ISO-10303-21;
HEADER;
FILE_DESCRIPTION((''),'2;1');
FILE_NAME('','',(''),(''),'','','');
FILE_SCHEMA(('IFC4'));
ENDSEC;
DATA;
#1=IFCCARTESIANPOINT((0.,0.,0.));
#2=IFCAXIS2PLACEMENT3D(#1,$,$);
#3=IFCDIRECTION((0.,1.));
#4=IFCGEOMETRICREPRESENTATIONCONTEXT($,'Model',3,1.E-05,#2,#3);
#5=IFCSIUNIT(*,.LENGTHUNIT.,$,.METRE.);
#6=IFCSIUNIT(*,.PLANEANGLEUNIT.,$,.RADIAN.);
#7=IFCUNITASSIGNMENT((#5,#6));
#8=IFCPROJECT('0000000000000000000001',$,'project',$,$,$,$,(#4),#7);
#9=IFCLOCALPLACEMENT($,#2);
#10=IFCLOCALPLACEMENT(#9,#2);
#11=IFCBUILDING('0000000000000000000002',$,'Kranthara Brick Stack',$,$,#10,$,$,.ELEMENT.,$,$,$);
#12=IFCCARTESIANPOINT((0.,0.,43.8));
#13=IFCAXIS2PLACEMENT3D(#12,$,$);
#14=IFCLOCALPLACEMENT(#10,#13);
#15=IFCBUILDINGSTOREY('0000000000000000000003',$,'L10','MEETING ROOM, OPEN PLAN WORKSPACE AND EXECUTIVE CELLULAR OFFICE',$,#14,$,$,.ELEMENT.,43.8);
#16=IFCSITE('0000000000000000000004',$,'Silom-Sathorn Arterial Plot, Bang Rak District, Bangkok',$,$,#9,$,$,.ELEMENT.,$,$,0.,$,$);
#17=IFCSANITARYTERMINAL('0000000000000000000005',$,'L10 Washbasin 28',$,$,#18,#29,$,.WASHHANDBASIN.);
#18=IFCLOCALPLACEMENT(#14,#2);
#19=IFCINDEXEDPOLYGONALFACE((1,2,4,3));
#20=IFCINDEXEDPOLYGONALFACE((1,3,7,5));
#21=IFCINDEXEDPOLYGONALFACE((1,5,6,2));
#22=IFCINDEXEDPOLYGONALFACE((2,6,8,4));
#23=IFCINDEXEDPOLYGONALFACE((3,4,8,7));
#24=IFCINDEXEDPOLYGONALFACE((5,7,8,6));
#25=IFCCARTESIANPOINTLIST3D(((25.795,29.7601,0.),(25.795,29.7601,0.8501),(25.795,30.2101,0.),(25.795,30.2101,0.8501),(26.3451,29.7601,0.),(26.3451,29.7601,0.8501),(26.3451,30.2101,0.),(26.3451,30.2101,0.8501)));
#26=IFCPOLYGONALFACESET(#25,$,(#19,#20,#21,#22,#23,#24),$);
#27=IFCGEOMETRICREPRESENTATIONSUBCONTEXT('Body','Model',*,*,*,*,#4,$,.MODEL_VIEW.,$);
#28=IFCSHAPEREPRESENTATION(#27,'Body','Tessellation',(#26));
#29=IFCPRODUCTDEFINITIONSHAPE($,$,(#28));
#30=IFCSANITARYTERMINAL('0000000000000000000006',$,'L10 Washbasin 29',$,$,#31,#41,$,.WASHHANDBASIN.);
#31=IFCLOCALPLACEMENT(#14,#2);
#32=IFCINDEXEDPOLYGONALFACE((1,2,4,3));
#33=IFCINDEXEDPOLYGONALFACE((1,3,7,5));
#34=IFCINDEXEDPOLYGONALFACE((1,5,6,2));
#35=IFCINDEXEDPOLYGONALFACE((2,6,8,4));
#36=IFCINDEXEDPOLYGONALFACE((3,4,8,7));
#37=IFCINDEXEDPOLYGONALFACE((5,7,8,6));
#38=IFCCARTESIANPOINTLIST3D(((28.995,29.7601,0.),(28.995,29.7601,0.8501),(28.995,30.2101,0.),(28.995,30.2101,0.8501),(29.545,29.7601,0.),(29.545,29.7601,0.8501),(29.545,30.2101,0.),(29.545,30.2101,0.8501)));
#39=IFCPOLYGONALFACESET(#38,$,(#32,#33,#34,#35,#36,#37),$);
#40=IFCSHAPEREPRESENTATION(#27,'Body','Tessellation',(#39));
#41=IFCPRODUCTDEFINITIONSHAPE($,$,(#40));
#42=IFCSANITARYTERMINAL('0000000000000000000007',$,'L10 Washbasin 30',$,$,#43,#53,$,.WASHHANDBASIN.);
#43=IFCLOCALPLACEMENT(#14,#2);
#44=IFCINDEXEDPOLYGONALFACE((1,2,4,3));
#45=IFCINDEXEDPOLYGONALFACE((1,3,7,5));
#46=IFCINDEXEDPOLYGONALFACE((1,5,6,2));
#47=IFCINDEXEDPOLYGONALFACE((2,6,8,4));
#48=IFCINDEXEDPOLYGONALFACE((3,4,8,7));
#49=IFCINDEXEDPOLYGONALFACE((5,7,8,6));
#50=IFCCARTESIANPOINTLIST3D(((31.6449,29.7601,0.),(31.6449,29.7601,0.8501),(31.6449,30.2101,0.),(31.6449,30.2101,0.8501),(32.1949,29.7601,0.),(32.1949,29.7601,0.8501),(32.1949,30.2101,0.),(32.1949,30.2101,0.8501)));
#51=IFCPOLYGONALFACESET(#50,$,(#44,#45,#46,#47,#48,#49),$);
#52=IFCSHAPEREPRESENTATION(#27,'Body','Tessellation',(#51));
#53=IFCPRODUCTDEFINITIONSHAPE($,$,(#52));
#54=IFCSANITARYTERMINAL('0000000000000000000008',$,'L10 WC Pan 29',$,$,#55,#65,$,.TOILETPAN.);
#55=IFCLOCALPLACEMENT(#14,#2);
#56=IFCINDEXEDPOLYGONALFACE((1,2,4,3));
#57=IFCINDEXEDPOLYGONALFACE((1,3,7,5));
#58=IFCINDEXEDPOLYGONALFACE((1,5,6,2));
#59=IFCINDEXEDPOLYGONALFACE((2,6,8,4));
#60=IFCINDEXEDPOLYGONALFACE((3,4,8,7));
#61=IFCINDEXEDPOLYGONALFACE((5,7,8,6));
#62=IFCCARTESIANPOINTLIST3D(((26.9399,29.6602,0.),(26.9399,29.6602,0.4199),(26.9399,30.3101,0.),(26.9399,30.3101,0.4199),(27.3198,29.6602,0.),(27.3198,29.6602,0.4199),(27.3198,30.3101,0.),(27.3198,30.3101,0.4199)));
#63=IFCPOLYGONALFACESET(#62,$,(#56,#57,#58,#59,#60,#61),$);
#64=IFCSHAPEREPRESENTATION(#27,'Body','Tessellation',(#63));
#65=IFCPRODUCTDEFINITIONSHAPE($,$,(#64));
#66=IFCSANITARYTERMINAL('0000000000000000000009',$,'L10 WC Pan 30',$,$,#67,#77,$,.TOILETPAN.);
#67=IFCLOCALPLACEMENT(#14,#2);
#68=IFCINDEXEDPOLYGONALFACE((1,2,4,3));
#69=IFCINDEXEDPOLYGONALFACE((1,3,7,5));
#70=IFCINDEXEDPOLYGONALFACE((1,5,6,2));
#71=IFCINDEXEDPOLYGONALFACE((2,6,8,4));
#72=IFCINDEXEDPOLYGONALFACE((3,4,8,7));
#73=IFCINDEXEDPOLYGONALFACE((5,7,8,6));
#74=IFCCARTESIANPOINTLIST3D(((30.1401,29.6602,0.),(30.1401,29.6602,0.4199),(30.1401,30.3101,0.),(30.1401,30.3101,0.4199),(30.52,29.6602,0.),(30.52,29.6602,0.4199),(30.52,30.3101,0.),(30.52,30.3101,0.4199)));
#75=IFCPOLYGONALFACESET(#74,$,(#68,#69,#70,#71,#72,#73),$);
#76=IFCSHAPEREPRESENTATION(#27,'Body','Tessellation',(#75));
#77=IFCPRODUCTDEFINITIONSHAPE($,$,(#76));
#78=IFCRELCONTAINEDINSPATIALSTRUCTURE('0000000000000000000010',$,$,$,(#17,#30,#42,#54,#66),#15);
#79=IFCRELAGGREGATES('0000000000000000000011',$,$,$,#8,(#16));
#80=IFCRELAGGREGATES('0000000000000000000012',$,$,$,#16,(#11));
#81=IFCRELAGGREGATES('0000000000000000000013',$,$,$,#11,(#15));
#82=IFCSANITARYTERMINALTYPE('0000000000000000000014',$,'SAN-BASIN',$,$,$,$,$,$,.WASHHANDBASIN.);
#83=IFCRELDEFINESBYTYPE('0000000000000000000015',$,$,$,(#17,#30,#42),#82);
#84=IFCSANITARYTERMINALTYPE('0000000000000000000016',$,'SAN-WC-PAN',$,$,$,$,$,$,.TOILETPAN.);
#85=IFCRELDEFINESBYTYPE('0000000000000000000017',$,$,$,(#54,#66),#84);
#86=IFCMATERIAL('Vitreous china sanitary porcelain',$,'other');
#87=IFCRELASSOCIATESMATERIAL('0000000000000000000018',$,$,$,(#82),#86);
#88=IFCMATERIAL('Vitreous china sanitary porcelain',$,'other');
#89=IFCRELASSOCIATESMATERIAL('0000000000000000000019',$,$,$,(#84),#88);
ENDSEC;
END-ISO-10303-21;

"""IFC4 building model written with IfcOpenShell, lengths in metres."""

from ifc_helpers import new_model, si_unit, direction, frame, origin, origin_2d, place, context, subcontext, project, spatial, rectangle, extrude, material, type_object, element, save


model = new_model("IFC4")

# Units and contexts
model_context = context("Model", 3, precision=1e-05, world=origin(), true_north=direction((0.0, 1.0)))
body_context = subcontext(model_context, "Body", "Model", "MODEL_VIEW")
ifc_project = project(units=[si_unit("LENGTHUNIT", "METRE"), si_unit("PLANEANGLEUNIT", "RADIAN")], contexts=[model_context])

# Site, building, storey
site_placement = place(None, origin())
site = spatial("IfcSite", under=ifc_project, at=site_placement, Name="Silom-Sathorn Arterial Plot, Bang Rak District, Bangkok", CompositionType="ELEMENT", RefElevation=0.0)
building_placement = place(site_placement, origin())
building = spatial("IfcBuilding", under=site, at=building_placement, Name="Kranthara Brick Stack", CompositionType="ELEMENT")
storey_placement = place(building_placement, frame((0.0, 0.0, 43.8)))
storey = spatial("IfcBuildingStorey", under=building, at=storey_placement, Name="L10", Description="MEETING ROOM, OPEN PLAN WORKSPACE AND EXECUTIVE CELLULAR OFFICE", CompositionType="ELEMENT", Elevation=43.8)

# Sanitary terminals
ifc_material_1 = material(Name="Vitreous china sanitary porcelain", Category="other")
sanitary_terminal_type_1 = type_object("IfcSanitaryTerminalType", Name="SAN-BASIN", PredefinedType="WASHHANDBASIN", material=ifc_material_1)
for number, where, z_axis, x_axis, name in (
    (1, (26.0701, 29.9851, 0.0), (0.0, 0.0, 1.0), (1.0, 0.0, 0.0), "L10 Washbasin 28"),
    (2, (29.27, 29.9851, 0.0), (0.0, 0.0, 1.0), (1.0, 0.0, 0.0), "L10 Washbasin 29"),
    (3, (31.9199, 29.9851, 0.0), (0.0, 0.0, 1.0), (1.0, 0.0, 0.0), "L10 Washbasin 30"),
):
    element("IfcSanitaryTerminal", number, at=place(storey_placement, frame(where, z_axis=z_axis, x_axis=x_axis)), inside=storey, type_object=sanitary_terminal_type_1, Name=name, PredefinedType="WASHHANDBASIN", context=body_context, shape_type="SweptSolid", body=[
        extrude(rectangle(XDim=0.55, YDim=0.45, at=origin_2d()), origin(), (0.0, 0.0, 1.0), 0.8501),
    ])
ifc_material_2 = material(Name="Vitreous china sanitary porcelain", Category="other")
sanitary_terminal_type_2 = type_object("IfcSanitaryTerminalType", Name="SAN-WC-PAN", PredefinedType="TOILETPAN", material=ifc_material_2)
for number, where, z_axis, x_axis, name in (
    (4, (27.1299, 29.9851, 0.0), (0.0, 0.0, 1.0), (1.0, 0.0, 0.0), "L10 WC Pan 29"),
    (5, (30.3301, 29.9851, 0.0), (0.0, 0.0, 1.0), (1.0, 0.0, 0.0), "L10 WC Pan 30"),
):
    element("IfcSanitaryTerminal", number, at=place(storey_placement, frame(where, z_axis=z_axis, x_axis=x_axis)), inside=storey, type_object=sanitary_terminal_type_2, Name=name, PredefinedType="TOILETPAN", context=body_context, shape_type="SweptSolid", body=[
        extrude(rectangle(XDim=0.3799, YDim=0.6499, at=origin_2d()), origin(), (0.0, 0.0, 1.0), 0.4199),
    ])

save(model, "model.ifc")
